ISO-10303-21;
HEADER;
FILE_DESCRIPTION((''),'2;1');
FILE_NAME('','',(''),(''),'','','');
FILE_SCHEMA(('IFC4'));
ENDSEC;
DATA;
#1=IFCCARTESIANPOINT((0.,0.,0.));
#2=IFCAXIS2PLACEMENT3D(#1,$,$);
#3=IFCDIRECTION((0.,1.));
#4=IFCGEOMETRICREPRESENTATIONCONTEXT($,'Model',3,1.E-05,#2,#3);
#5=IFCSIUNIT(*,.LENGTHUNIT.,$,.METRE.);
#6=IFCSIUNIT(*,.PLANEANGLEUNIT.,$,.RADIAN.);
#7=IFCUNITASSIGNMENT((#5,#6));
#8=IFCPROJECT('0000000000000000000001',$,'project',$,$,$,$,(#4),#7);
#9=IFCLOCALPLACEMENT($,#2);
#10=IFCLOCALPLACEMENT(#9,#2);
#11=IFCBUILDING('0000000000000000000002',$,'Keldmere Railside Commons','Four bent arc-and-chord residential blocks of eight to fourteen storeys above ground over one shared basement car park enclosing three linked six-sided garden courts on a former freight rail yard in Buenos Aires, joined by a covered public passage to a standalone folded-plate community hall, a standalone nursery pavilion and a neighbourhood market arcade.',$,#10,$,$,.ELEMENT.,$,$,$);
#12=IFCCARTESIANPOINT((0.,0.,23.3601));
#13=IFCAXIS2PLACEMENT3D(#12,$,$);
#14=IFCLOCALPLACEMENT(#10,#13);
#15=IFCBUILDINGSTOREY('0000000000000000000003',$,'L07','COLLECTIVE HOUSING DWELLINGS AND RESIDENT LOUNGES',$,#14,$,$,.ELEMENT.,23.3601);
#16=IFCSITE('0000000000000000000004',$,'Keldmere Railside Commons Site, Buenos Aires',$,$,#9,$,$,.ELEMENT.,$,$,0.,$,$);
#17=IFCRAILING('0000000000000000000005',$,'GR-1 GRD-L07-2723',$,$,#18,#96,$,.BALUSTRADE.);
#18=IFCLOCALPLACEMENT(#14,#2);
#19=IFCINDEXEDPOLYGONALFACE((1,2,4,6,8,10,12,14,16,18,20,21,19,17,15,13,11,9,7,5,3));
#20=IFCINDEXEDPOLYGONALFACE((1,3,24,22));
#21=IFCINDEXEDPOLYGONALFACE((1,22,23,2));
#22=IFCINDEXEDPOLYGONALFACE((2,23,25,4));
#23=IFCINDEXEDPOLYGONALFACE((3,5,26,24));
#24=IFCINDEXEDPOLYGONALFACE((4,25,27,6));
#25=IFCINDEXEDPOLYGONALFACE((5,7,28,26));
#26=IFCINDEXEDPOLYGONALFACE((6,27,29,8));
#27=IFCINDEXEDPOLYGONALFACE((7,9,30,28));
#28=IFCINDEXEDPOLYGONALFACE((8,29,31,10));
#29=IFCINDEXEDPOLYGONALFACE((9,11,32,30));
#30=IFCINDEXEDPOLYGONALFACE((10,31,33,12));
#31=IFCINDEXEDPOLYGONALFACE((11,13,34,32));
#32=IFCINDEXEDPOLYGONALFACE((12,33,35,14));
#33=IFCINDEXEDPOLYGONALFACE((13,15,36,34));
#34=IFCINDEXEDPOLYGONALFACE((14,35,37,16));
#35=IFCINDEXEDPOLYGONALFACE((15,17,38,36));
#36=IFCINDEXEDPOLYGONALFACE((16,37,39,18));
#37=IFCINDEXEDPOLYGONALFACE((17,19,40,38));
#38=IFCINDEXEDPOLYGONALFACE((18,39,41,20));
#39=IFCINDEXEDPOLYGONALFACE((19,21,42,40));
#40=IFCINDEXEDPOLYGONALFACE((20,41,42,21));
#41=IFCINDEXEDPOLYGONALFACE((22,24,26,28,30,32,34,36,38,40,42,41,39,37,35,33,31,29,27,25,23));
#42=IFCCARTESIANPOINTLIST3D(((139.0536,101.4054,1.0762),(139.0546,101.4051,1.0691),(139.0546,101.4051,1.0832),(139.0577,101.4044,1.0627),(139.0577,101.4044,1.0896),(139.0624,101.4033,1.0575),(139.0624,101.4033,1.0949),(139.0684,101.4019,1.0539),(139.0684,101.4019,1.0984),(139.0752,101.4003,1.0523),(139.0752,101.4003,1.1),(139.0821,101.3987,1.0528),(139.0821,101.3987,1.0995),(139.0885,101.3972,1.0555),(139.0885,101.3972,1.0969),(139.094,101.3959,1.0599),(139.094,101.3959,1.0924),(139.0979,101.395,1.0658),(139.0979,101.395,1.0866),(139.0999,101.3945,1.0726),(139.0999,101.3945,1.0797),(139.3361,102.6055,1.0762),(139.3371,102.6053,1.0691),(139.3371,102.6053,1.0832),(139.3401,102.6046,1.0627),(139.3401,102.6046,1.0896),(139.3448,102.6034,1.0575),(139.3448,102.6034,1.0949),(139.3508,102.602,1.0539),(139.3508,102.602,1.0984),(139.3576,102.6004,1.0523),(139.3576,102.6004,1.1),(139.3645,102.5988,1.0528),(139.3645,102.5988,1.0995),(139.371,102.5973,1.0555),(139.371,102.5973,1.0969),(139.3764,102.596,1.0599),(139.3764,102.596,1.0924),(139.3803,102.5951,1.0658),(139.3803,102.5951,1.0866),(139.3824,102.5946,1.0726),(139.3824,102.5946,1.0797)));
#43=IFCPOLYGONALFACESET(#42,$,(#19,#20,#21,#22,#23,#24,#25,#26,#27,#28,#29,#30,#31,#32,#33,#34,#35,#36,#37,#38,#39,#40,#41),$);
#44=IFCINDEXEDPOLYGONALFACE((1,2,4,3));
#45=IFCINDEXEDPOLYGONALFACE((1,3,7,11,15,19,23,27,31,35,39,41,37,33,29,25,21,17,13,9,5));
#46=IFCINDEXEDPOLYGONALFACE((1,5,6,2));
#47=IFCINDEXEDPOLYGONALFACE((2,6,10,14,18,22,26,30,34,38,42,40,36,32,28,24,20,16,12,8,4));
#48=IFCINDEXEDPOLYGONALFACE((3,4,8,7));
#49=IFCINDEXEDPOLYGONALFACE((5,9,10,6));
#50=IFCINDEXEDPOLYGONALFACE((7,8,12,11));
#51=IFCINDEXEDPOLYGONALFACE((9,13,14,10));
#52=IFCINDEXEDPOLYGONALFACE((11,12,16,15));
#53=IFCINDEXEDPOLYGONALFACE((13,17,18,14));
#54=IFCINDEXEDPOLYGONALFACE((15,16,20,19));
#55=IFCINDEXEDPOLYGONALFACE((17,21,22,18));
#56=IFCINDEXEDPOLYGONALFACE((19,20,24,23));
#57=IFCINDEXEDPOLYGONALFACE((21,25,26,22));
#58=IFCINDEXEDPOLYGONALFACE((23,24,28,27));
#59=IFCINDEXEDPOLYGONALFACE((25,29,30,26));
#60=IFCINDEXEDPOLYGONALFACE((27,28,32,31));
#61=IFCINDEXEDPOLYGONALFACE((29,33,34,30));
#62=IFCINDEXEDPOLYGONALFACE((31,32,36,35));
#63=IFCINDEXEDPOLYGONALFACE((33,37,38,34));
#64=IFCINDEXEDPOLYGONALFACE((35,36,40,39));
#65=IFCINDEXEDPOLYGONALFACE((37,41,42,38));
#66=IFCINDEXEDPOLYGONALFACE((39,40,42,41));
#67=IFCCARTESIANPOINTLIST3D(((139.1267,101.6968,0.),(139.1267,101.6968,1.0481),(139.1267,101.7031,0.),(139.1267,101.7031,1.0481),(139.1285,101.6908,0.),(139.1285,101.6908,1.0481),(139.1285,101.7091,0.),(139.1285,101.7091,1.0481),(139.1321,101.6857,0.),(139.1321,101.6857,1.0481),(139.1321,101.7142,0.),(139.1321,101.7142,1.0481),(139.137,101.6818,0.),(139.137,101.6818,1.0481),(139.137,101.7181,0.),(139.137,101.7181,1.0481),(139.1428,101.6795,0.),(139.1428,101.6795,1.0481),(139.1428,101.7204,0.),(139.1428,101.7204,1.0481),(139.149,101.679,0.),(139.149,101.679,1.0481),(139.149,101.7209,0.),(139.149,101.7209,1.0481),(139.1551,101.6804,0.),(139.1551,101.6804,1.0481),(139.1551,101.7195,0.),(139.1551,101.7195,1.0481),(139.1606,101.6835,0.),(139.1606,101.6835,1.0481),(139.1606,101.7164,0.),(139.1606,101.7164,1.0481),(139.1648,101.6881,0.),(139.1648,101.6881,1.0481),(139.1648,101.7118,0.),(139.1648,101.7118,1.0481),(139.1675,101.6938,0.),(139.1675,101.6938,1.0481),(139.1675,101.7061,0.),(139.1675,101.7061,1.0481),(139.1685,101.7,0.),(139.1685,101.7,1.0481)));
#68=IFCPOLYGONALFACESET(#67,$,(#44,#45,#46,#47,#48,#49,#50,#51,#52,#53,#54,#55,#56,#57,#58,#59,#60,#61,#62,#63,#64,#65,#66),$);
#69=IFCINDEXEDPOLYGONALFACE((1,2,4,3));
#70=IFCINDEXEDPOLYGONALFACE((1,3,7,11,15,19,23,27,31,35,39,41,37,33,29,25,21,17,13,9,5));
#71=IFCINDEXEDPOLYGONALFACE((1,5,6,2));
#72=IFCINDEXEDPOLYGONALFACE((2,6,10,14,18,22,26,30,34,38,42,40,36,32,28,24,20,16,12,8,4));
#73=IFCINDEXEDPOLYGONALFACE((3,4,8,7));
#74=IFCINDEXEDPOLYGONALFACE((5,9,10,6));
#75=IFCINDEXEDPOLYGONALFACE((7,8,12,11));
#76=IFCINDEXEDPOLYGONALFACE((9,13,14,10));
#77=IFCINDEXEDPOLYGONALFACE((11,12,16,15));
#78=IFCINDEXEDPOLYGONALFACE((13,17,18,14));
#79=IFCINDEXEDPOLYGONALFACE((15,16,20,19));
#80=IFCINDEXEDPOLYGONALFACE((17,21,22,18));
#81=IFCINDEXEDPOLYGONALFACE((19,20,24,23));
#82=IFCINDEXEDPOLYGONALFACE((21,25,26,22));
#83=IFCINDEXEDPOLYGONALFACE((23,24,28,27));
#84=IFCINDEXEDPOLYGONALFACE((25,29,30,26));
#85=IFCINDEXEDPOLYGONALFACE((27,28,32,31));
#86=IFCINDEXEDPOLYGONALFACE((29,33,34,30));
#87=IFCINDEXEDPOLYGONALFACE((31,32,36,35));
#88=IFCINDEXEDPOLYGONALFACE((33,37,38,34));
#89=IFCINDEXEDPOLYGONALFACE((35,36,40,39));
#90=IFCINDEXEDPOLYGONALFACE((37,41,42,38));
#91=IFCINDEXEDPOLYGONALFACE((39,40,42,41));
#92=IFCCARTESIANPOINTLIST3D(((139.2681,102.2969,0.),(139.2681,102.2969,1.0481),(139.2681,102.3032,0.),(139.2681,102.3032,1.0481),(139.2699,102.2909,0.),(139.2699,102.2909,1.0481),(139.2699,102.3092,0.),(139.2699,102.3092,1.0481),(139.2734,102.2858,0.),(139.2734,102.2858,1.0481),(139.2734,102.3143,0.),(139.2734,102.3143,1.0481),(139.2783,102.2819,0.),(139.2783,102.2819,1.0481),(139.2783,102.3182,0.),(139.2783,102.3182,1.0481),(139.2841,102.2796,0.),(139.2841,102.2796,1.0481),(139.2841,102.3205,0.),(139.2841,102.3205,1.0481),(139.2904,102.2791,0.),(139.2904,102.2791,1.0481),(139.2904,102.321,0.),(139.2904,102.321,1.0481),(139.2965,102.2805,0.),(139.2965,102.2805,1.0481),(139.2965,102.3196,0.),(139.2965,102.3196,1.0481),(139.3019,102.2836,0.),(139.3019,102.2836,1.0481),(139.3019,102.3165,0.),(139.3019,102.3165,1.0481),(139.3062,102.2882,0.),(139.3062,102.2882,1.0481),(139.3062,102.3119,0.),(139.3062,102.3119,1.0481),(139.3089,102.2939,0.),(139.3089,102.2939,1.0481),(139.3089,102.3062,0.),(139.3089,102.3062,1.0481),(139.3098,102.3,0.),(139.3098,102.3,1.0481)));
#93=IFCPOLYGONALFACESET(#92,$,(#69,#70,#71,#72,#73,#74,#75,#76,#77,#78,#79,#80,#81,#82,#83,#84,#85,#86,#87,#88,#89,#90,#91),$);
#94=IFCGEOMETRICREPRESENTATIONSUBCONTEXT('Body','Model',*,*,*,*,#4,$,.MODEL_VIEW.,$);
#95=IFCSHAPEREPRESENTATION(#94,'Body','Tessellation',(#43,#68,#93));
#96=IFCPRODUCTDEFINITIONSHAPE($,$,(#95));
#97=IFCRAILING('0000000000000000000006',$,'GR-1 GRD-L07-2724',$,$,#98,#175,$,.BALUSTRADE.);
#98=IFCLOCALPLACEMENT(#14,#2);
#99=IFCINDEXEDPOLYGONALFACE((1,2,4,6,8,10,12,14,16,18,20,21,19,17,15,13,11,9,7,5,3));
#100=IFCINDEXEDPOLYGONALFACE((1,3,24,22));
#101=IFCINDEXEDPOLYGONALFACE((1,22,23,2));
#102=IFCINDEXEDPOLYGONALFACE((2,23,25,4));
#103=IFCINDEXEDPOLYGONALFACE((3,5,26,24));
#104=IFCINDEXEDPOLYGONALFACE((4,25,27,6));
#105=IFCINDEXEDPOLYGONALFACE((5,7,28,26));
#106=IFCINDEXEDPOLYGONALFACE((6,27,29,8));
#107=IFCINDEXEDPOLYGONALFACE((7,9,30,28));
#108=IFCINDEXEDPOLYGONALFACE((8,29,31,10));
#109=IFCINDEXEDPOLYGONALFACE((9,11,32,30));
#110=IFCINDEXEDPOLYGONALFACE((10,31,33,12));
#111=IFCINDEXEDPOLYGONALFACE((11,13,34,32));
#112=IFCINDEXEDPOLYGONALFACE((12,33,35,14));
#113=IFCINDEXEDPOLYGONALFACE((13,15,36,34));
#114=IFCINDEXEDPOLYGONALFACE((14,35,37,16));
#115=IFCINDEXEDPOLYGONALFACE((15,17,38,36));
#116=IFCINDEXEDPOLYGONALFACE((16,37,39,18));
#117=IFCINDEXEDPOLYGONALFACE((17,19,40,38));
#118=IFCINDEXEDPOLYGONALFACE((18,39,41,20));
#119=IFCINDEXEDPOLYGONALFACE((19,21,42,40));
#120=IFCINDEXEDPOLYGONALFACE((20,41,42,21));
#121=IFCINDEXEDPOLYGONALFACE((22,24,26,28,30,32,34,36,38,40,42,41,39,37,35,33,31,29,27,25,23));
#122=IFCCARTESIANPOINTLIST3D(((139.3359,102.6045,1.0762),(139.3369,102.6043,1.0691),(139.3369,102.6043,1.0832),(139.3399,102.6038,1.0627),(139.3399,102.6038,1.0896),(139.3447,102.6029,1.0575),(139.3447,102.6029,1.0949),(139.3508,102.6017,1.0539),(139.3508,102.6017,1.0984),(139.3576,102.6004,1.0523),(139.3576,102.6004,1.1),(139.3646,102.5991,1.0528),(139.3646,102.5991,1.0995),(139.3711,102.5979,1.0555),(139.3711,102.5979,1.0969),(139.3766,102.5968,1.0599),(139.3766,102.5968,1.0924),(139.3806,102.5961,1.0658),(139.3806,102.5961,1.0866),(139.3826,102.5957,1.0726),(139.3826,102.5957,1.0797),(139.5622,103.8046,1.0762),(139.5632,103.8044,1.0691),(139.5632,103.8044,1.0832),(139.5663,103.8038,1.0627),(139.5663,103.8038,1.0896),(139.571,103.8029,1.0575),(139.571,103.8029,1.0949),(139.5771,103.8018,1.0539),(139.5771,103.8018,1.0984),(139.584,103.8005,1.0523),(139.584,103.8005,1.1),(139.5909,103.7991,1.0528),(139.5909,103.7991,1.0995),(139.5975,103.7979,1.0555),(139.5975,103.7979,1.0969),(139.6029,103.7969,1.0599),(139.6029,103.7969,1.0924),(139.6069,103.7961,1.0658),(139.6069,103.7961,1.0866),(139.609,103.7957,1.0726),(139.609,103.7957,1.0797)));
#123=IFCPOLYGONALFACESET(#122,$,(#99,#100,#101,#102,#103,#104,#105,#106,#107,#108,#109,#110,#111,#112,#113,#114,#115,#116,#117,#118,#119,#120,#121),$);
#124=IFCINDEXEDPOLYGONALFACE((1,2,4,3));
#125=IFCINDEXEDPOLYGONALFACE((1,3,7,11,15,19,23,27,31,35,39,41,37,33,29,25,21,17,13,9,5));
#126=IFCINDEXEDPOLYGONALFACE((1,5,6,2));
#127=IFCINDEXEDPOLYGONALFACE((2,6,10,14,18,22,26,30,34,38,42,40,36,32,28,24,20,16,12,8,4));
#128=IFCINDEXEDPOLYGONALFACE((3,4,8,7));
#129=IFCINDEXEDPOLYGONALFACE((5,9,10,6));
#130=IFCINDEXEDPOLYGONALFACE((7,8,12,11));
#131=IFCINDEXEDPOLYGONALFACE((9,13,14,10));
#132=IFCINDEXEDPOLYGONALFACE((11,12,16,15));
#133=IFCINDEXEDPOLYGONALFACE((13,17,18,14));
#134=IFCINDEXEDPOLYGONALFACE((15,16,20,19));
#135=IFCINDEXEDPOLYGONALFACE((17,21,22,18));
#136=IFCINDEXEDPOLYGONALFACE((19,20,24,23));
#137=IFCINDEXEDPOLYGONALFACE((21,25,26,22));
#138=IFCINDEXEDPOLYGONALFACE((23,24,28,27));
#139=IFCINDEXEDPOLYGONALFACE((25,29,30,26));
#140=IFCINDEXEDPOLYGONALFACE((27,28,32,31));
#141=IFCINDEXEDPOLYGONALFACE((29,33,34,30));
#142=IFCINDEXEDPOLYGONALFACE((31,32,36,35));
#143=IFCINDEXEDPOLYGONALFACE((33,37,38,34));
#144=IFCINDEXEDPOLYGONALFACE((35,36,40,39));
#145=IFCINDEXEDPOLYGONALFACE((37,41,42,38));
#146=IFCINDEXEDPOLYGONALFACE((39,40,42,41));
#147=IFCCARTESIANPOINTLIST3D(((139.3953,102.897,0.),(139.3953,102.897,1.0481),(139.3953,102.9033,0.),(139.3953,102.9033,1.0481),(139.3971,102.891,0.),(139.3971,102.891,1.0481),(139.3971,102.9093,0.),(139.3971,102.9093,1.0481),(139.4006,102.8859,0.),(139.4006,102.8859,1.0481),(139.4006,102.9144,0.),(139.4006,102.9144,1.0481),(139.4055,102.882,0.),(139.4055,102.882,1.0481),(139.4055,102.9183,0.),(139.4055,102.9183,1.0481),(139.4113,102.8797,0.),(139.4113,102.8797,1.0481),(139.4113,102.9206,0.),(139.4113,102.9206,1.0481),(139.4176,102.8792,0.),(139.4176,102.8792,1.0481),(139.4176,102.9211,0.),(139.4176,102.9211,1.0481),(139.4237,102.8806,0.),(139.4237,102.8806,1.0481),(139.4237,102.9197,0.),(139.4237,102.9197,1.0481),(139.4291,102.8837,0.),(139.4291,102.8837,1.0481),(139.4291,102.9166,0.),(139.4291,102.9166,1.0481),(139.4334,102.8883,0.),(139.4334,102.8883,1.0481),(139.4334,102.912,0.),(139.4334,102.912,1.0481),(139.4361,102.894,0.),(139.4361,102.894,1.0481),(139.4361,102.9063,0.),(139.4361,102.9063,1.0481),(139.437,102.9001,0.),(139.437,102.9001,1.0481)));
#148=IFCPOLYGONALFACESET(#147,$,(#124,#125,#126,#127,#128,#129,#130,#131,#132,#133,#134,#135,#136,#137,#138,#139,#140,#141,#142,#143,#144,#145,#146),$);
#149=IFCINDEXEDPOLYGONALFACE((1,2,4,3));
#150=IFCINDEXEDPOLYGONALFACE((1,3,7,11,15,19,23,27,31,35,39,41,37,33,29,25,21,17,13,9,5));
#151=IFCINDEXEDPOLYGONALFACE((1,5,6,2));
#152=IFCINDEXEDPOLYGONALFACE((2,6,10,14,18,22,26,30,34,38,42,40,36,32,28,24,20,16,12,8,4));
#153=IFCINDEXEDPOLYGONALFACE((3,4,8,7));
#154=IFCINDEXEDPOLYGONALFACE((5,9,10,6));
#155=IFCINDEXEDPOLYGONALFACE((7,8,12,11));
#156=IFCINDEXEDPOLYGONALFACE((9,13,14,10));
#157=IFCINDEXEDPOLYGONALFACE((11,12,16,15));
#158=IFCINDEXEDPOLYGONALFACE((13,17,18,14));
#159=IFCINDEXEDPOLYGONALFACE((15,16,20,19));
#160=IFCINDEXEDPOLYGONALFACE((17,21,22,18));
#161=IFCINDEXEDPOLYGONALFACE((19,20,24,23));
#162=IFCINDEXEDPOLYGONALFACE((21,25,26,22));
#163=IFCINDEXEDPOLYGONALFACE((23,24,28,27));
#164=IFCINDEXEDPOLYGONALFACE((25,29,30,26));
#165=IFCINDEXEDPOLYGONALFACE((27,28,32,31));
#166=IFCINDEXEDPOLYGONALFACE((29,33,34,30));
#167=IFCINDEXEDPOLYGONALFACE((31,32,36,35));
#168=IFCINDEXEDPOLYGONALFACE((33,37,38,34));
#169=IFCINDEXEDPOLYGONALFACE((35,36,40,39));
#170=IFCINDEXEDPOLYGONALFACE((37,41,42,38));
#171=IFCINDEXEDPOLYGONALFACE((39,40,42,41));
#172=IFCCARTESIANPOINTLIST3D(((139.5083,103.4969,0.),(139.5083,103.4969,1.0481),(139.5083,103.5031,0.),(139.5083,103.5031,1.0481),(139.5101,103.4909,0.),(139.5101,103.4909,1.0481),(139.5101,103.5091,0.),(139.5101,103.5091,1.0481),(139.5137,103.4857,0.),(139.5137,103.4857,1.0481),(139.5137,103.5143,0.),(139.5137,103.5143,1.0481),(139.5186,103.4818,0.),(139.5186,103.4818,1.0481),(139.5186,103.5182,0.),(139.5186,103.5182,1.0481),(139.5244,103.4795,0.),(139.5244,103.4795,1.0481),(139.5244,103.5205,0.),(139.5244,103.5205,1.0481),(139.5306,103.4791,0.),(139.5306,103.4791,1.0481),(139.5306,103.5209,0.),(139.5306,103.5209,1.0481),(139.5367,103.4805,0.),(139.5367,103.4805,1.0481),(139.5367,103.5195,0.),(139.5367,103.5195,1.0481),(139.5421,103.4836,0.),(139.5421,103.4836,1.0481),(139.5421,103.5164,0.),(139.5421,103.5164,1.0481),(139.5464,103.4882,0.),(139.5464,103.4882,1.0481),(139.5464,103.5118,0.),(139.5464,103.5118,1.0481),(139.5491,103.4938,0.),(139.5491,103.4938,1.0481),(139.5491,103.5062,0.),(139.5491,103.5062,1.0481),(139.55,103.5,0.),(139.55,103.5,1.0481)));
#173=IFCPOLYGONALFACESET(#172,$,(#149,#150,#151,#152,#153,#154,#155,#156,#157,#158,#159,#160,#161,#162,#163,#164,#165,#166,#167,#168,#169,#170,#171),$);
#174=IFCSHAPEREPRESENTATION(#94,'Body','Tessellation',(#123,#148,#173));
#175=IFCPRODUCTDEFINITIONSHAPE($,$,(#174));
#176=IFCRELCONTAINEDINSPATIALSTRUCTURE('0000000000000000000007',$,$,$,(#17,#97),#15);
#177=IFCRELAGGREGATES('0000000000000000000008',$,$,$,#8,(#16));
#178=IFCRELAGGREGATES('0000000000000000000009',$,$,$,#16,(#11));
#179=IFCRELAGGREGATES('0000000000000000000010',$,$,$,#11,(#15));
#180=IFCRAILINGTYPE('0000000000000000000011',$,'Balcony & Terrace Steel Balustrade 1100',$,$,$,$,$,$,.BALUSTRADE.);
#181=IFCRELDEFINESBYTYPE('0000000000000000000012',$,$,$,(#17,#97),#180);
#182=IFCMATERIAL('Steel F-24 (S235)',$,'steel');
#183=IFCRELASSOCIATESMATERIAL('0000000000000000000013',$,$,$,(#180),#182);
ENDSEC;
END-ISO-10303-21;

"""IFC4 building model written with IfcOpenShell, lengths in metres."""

from ifc_helpers import new_model, si_unit, direction, frame, origin, origin_2d, place, context, subcontext, project, spatial, circle, extrude, material, type_object, element, save


model = new_model("IFC4")

# Units and contexts
model_context = context("Model", 3, precision=1e-05, world=origin(), true_north=direction((0.0, 1.0)))
body_context = subcontext(model_context, "Body", "Model", "MODEL_VIEW")
ifc_project = project(units=[si_unit("LENGTHUNIT", "METRE"), si_unit("PLANEANGLEUNIT", "RADIAN")], contexts=[model_context])

# Site, building, storey
site_placement = place(None, origin())
site = spatial("IfcSite", under=ifc_project, at=site_placement, Name="Keldmere Railside Commons Site, Buenos Aires", CompositionType="ELEMENT", RefElevation=0.0)
building_placement = place(site_placement, origin())
building = spatial("IfcBuilding", under=site, at=building_placement, Name="Keldmere Railside Commons", Description="Four bent arc-and-chord residential blocks of eight to fourteen storeys above ground over one shared basement car park enclosing three linked six-sided garden courts on a former freight rail yard in Buenos Aires, joined by a covered public passage to a standalone folded-plate community hall, a standalone nursery pavilion and a neighbourhood market arcade.", CompositionType="ELEMENT")
storey_placement = place(building_placement, frame((0.0, 0.0, 23.3601)))
storey = spatial("IfcBuildingStorey", under=building, at=storey_placement, Name="L07", Description="COLLECTIVE HOUSING DWELLINGS AND RESIDENT LOUNGES", CompositionType="ELEMENT", Elevation=23.3601)

# Railings
ifc_material_1 = material(Name="Steel F-24 (S235)", Category="steel")
railing_type_1 = type_object("IfcRailingType", Name="Balcony & Terrace Steel Balustrade 1100", PredefinedType="BALUSTRADE", material=ifc_material_1)
railing_1_placement = place(storey_placement, frame((139.0769, 101.3999, 0.0)))
element("IfcRailing", 1, at=railing_1_placement, inside=storey, type_object=railing_type_1, Name="GR-1 GRD-L07-2723", PredefinedType="BALUSTRADE", context=body_context, shape_type="SweptSolid", body=[
    extrude(circle(Radius=0.0239, at=origin_2d()), frame((0.0, 0.0, 1.0762), z_axis=(0.229095, 0.973404, 0.0), x_axis=(-0.973404, 0.229095, 0.0)), (0.0, 0.0, 1.0), 1.2329),
    extrude(circle(Radius=0.021, at=origin_2d()), frame((0.0706, 0.3, 0.0)), (0.0, 0.0, 1.0), 1.0481),
    extrude(circle(Radius=0.021, at=origin_2d()), frame((0.2119, 0.9001, 0.0)), (0.0, 0.0, 1.0), 1.0481),
])
railing_2_placement = place(storey_placement, frame((139.3594, 102.6001, 0.0)))
element("IfcRailing", 2, at=railing_2_placement, inside=storey, type_object=railing_type_1, Name="GR-1 GRD-L07-2724", PredefinedType="BALUSTRADE", context=body_context, shape_type="SweptSolid", body=[
    extrude(circle(Radius=0.0239, at=origin_2d()), frame((0.0, 0.0, 1.0762), z_axis=(0.185339, 0.982675, 0.0), x_axis=(-0.982675, 0.185339, 0.0)), (0.0, 0.0, 1.0), 1.2212),
    extrude(circle(Radius=0.021, at=origin_2d()), frame((0.0566, 0.3, 0.0)), (0.0, 0.0, 1.0), 1.0481),
    extrude(circle(Radius=0.021, at=origin_2d()), frame((0.1697, 0.8999, 0.0)), (0.0, 0.0, 1.0), 1.0481),
])

save(model, "model.ifc")
